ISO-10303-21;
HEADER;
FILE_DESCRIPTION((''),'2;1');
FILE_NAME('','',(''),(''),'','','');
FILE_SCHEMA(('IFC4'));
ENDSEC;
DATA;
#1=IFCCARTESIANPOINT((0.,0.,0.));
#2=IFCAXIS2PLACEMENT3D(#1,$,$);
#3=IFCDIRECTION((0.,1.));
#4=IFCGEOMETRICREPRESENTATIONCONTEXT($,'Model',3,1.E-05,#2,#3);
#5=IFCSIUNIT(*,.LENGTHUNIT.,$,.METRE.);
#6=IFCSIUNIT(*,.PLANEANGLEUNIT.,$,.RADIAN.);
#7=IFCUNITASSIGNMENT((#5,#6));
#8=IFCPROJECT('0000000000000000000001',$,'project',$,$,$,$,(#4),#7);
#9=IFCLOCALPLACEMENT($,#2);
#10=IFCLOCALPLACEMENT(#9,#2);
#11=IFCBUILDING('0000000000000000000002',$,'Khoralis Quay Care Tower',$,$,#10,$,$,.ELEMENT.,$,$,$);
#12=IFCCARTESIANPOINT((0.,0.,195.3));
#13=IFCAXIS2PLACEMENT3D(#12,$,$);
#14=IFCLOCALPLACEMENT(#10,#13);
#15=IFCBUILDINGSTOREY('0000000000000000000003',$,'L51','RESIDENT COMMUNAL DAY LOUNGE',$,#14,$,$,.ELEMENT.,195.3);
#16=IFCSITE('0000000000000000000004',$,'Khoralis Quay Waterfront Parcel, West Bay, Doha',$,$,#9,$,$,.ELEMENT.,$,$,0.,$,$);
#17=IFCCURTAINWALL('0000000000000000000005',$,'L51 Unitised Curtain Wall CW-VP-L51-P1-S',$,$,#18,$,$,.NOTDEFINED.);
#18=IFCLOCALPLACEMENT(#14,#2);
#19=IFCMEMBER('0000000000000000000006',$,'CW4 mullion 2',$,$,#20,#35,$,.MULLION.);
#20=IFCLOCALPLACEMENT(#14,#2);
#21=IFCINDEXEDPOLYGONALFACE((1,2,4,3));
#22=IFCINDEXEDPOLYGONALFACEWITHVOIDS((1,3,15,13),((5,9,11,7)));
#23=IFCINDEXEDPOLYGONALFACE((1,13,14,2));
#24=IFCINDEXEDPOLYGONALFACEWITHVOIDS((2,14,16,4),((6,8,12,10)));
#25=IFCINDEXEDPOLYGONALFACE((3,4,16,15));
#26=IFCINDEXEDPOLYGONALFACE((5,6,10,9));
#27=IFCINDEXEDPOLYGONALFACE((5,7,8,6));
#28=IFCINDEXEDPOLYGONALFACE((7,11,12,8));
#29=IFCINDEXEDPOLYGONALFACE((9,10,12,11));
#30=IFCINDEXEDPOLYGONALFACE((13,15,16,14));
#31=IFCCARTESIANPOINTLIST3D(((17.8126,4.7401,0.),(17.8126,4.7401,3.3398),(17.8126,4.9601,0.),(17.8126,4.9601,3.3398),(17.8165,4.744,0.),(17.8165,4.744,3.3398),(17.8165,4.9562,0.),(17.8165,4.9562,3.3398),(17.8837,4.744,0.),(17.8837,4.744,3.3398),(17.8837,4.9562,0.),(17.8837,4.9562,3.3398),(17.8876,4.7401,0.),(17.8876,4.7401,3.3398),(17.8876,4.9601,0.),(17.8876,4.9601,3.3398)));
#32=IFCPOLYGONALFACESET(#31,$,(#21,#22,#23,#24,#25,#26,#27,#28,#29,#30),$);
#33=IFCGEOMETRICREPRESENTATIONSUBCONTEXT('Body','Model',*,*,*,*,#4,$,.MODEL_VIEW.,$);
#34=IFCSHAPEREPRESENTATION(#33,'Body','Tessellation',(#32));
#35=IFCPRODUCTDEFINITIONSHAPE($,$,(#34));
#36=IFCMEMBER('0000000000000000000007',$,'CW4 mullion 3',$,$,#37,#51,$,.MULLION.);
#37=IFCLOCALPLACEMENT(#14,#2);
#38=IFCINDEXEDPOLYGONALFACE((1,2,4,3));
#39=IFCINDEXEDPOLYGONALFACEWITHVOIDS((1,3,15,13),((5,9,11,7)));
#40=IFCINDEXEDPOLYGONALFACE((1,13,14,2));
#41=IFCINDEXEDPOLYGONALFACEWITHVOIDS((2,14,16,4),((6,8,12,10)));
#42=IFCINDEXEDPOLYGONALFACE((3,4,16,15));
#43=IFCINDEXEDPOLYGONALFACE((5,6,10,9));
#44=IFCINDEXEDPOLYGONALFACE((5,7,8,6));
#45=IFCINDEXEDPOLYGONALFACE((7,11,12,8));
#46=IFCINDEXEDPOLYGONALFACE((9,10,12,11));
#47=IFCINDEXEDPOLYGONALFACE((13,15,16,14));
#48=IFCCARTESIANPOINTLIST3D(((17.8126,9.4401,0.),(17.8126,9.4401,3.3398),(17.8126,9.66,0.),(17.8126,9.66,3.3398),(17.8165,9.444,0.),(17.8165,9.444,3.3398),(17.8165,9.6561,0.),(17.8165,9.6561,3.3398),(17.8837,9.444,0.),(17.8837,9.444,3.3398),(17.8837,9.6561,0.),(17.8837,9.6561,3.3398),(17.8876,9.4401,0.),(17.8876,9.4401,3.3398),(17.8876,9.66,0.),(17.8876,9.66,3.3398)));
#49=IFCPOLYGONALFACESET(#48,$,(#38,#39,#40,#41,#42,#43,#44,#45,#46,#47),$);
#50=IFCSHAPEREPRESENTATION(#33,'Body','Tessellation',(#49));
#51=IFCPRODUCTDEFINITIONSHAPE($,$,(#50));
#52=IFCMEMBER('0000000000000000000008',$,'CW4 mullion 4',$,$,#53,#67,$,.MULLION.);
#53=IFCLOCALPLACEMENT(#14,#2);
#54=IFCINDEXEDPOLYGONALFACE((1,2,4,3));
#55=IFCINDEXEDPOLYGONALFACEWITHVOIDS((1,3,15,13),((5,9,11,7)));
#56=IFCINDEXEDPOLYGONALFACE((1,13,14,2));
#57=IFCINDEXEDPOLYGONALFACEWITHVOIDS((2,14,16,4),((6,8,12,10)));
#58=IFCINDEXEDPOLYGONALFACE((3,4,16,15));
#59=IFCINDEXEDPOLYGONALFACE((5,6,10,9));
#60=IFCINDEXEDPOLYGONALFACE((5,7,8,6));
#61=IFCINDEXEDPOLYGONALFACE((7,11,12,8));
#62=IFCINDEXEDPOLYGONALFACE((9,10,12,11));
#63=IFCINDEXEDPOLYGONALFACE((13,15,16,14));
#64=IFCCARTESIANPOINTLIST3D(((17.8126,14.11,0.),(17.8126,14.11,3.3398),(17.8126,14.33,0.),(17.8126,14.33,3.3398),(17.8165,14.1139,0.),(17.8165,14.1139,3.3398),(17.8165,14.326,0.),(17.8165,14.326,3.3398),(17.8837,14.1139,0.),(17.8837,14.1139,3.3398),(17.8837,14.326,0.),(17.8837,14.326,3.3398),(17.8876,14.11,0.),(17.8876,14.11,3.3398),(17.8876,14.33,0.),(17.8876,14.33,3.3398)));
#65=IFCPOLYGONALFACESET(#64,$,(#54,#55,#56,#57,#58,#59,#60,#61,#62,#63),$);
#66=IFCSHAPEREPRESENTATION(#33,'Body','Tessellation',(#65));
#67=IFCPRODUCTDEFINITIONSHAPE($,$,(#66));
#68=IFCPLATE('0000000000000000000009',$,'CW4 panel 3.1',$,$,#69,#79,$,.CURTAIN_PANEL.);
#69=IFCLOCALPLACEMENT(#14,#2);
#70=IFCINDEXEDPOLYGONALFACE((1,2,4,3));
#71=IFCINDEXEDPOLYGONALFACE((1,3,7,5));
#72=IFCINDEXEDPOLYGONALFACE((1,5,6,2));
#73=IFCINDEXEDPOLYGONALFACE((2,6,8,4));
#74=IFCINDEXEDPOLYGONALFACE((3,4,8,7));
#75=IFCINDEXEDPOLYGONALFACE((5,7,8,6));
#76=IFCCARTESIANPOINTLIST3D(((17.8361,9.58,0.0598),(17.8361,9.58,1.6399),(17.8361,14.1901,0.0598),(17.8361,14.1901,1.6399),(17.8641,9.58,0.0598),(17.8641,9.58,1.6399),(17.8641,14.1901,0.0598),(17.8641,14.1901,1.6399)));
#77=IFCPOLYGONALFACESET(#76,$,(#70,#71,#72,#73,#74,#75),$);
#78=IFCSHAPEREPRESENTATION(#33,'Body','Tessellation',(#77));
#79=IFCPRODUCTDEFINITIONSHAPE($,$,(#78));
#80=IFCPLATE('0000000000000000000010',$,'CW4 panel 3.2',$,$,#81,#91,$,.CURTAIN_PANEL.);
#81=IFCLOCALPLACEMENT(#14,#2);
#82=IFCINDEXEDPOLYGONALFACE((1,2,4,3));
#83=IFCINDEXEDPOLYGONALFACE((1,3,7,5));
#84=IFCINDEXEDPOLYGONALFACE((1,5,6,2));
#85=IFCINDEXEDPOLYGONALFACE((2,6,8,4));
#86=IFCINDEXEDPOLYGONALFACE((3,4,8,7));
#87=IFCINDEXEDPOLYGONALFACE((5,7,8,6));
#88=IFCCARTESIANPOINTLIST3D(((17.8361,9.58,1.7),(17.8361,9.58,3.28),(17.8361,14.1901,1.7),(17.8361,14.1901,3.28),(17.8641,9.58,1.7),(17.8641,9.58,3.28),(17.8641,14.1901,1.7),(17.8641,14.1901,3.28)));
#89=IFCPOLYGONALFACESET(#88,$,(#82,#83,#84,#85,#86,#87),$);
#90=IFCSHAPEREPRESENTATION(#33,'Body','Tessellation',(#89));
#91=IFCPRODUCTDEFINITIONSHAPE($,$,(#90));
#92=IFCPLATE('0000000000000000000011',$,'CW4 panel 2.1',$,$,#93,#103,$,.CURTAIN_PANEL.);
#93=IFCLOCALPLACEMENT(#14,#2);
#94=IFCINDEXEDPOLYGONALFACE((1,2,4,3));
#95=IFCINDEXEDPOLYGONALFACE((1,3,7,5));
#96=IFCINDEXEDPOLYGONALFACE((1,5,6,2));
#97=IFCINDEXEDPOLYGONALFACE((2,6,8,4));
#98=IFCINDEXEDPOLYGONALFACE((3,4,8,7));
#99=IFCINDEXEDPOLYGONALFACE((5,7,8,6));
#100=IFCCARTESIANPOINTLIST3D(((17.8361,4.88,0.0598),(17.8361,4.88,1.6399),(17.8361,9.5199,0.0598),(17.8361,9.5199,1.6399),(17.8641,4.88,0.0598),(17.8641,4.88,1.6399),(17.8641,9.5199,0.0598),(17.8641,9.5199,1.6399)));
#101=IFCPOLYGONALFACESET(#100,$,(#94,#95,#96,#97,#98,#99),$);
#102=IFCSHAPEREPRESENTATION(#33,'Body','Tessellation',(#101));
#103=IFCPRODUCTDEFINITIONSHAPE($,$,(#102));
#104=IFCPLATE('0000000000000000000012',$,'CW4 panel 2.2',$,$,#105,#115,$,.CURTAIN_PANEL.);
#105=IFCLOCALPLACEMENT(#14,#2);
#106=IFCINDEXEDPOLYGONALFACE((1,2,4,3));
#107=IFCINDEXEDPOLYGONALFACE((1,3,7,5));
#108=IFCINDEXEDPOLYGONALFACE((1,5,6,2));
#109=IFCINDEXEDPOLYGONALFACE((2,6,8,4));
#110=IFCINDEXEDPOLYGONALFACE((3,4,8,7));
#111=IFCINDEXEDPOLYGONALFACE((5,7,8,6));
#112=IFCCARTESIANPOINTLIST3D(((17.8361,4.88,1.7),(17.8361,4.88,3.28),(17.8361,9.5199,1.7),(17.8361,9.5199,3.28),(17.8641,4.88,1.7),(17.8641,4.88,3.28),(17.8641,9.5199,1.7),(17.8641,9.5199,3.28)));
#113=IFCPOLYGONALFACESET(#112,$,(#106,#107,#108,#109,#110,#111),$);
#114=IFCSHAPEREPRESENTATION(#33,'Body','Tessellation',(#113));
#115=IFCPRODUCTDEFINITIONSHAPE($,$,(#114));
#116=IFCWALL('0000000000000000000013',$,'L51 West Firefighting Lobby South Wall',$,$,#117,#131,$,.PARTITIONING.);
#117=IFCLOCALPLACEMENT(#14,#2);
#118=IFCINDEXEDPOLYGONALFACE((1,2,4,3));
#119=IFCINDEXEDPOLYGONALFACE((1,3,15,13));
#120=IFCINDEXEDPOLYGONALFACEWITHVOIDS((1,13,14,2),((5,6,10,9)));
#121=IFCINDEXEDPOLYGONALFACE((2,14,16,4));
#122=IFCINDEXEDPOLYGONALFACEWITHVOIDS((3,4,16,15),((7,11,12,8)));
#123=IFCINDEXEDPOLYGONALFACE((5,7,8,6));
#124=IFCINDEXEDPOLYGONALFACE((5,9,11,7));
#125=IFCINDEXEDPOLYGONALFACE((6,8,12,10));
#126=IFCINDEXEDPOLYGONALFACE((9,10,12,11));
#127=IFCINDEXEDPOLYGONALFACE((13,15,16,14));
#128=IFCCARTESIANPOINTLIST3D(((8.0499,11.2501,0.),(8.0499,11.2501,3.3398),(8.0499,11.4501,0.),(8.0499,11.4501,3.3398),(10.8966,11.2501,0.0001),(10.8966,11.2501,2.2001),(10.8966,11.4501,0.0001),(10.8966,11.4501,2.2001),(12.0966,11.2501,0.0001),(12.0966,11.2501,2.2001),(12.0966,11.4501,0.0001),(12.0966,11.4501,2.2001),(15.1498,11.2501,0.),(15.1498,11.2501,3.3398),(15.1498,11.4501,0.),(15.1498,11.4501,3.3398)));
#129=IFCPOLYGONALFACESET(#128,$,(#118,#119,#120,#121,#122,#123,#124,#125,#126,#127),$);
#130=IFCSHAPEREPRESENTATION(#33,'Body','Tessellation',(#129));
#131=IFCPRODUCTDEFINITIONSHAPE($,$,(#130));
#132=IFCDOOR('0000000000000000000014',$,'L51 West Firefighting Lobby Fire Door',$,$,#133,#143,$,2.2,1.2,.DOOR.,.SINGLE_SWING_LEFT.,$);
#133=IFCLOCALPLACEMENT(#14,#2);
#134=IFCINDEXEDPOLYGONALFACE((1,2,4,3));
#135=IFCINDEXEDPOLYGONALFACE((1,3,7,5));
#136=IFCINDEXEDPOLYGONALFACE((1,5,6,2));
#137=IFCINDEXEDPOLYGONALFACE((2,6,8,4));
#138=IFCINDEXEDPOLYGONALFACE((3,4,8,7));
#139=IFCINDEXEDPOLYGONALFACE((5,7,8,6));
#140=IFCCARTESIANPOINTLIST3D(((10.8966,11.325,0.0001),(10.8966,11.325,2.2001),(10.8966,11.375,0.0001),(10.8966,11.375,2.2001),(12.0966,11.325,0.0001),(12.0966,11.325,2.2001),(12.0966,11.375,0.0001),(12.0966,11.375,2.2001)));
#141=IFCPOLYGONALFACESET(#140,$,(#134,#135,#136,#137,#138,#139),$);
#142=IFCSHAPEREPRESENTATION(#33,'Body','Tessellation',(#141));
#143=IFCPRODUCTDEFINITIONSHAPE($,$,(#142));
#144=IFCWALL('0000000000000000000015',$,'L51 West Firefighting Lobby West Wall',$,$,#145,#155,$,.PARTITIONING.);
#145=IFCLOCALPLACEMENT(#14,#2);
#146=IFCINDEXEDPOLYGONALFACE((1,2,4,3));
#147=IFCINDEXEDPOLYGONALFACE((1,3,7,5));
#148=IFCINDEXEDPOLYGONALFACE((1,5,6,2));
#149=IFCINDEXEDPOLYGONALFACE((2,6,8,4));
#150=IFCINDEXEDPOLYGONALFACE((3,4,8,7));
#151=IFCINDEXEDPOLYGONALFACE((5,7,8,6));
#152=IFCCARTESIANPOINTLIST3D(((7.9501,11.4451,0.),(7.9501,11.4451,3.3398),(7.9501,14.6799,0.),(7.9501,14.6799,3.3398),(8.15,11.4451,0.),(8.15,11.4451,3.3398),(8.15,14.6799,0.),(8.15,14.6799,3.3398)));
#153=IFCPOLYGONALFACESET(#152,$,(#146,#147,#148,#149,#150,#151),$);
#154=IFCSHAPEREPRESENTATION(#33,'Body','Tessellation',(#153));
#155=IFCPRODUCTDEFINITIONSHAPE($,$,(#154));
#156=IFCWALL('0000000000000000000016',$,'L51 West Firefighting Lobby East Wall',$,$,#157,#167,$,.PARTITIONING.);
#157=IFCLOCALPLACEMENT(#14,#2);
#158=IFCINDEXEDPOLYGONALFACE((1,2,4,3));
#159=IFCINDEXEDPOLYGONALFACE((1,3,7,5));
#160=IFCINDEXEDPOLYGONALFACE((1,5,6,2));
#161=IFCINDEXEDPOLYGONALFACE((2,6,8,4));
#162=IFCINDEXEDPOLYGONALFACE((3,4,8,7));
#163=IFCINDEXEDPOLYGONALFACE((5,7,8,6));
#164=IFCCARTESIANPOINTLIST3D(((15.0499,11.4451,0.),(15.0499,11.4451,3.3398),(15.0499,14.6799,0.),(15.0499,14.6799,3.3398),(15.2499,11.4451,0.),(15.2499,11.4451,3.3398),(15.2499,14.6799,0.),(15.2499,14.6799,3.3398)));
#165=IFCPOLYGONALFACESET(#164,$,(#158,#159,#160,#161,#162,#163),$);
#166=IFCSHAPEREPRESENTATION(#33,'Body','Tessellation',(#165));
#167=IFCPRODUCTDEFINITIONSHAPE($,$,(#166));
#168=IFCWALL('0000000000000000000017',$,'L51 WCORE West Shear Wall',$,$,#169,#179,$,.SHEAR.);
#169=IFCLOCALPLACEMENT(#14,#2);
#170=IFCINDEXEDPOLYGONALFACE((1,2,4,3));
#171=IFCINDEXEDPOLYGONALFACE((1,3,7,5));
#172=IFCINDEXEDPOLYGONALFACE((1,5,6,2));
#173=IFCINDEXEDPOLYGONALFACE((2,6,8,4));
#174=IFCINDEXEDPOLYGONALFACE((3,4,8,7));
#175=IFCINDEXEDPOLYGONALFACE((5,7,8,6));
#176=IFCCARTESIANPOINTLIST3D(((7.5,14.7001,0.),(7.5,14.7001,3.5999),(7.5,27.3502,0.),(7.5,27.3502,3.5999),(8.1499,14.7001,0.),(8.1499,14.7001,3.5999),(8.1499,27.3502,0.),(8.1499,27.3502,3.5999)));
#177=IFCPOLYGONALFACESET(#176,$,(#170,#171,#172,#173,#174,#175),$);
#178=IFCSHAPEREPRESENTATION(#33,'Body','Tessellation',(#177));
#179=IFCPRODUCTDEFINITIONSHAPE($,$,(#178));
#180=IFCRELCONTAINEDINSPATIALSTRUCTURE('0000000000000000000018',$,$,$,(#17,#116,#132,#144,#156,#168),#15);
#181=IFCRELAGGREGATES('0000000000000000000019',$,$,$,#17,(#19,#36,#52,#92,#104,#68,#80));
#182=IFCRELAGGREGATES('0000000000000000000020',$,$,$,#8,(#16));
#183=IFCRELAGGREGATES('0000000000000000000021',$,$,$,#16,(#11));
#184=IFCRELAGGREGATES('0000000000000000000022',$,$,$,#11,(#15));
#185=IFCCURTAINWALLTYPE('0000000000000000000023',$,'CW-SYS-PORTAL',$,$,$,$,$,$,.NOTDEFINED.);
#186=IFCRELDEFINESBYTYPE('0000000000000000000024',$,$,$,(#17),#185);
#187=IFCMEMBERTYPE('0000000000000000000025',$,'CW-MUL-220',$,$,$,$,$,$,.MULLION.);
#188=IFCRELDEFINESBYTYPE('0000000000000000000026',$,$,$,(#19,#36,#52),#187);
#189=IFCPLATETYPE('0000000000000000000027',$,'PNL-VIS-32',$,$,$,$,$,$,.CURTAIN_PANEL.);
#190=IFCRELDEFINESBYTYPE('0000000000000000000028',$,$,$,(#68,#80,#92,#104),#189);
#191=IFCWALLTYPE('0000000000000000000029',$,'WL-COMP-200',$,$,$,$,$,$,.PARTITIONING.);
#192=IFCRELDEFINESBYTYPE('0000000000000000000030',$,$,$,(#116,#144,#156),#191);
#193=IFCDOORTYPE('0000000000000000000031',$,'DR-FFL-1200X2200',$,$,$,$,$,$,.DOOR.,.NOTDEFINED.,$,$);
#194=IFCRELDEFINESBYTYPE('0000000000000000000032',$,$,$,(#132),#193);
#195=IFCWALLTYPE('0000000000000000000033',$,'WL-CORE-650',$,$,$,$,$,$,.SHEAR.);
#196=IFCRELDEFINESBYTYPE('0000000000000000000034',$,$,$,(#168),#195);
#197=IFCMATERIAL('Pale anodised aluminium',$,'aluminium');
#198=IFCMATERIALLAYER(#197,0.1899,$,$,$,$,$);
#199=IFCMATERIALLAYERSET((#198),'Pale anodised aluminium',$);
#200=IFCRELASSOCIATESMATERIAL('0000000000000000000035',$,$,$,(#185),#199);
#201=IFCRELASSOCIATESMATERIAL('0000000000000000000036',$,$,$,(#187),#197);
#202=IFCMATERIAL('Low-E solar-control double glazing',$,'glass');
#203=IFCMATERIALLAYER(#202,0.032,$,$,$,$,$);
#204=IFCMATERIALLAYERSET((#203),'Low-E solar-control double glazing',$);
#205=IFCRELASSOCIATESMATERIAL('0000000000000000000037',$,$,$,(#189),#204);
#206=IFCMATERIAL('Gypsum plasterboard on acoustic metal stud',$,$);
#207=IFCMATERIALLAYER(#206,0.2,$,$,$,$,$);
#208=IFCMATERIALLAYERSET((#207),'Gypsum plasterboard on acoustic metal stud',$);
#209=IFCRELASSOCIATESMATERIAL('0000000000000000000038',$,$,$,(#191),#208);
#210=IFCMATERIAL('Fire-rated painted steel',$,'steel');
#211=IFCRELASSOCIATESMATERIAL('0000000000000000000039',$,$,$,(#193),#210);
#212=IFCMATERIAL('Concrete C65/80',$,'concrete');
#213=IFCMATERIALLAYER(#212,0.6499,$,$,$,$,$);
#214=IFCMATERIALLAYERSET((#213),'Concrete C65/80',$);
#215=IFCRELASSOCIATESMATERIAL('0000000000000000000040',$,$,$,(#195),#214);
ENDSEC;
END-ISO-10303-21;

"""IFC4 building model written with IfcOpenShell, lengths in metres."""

from ifc_helpers import new_model, si_unit, direction, frame, frame_2d, origin, origin_2d, place, context, subcontext, project, spatial, rectangle, hollow_rectangle, extrude, source, transform, mapped, material, layer, layer_set, material_profile, profile_set, type_object, element, fill, aggregate, save


model = new_model("IFC4")

# Units and contexts
model_context = context("Model", 3, precision=1e-05, world=origin(), true_north=direction((0.0, 1.0)))
body_context = subcontext(model_context, "Body", "Model", "MODEL_VIEW")
ifc_project = project(units=[si_unit("LENGTHUNIT", "METRE"), si_unit("PLANEANGLEUNIT", "RADIAN")], contexts=[model_context])

# Site, building, storey
site_placement = place(None, origin())
site = spatial("IfcSite", under=ifc_project, at=site_placement, Name="Khoralis Quay Waterfront Parcel, West Bay, Doha", CompositionType="ELEMENT", RefElevation=0.0)
building_placement = place(site_placement, origin())
building = spatial("IfcBuilding", under=site, at=building_placement, Name="Khoralis Quay Care Tower", CompositionType="ELEMENT")
storey_placement = place(building_placement, frame((0.0, 0.0, 195.3)))
storey = spatial("IfcBuildingStorey", under=building, at=storey_placement, Name="L51", Description="RESIDENT COMMUNAL DAY LOUNGE", CompositionType="ELEMENT", Elevation=195.3)

# Curtain wall, members, plates
ifc_material_1 = material(Name="Pale anodised aluminium", Category="aluminium")
ifc_layer_1 = layer(ifc_material_1, 0.1899)
ifc_layer_set_1 = layer_set([ifc_layer_1], Name="Pale anodised aluminium")
curtain_wall_type = type_object("IfcCurtainWallType", Name="CW-SYS-PORTAL", PredefinedType="NOTDEFINED", material=ifc_layer_set_1)
curtain_wall_placement = place(storey_placement, origin())
curtain_wall = element("IfcCurtainWall", 1, at=curtain_wall_placement, inside=storey, type_object=curtain_wall_type, Name="L51 Unitised Curtain Wall CW-VP-L51-P1-S", PredefinedType="NOTDEFINED")
ifc_material_profile_1 = material_profile(ifc_material_1, hollow_rectangle(XDim=0.075, YDim=0.22, WallThickness=0.0039, at=origin_2d()), Name="Pale anodised aluminium")
ifc_profile_set_1 = profile_set([ifc_material_profile_1], Name="Pale anodised aluminium")
member_type_1 = type_object("IfcMemberType", Name="CW-MUL-220", PredefinedType="MULLION", material=ifc_profile_set_1)
shared_shape_1 = source(origin(), body_context, "Body", "SweptSolid", [
    extrude(hollow_rectangle(XDim=0.075, YDim=0.22, WallThickness=0.0039, at=origin_2d()), origin(), (0.0, 0.0, 1.0), 3.3398),
])
member_1_placement = place(storey_placement, frame((17.8501, 4.8501, 0.0), z_axis=(0.0, 0.0, 1.0), x_axis=(-1.0, 0.0, 0.0)))
member_1 = element("IfcMember", 2, at=member_1_placement, type_object=member_type_1, Name="CW4 mullion 2", PredefinedType="MULLION", context=body_context, shape_type="MappedRepresentation", body=[
    mapped(shared_shape_1, transform((0.0, 0.0, 0.0), scale=1.0)),
])
member_2_placement = place(storey_placement, frame((17.8501, 9.55, 0.0), z_axis=(0.0, 0.0, 1.0), x_axis=(-1.0, 0.0, 0.0)))
member_2 = element("IfcMember", 3, at=member_2_placement, type_object=member_type_1, Name="CW4 mullion 3", PredefinedType="MULLION", context=body_context, shape_type="MappedRepresentation", body=[
    mapped(shared_shape_1, transform((0.0, 0.0, 0.0), scale=1.0)),
])
member_3_placement = place(storey_placement, frame((17.8501, 14.22, 0.0), z_axis=(0.0, 0.0, 1.0), x_axis=(-1.0, 0.0, 0.0)))
member_3 = element("IfcMember", 4, at=member_3_placement, type_object=member_type_1, Name="CW4 mullion 4", PredefinedType="MULLION", context=body_context, shape_type="MappedRepresentation", body=[
    mapped(shared_shape_1, transform((0.0, 0.0, 0.0), scale=1.0)),
])
ifc_material_2 = material(Name="Low-E solar-control double glazing", Category="glass")
ifc_layer_2 = layer(ifc_material_2, 0.032)
ifc_layer_set_2 = layer_set([ifc_layer_2], Name="Low-E solar-control double glazing")
plate_type = type_object("IfcPlateType", Name="PNL-VIS-32", PredefinedType="CURTAIN_PANEL", material=ifc_layer_set_2)
shared_shape_2 = source(origin(), body_context, "Body", "SweptSolid", [
    extrude(rectangle(XDim=4.6101, YDim=0.0281, at=origin_2d()), origin(), (0.0, 0.0, 1.0), 1.5801),
])
plate_1_placement = place(storey_placement, frame((17.8501, 11.885, 0.0598), z_axis=(0.0, 0.0, 1.0), x_axis=(0.0, 1.0, 0.0)))
plate_1 = element("IfcPlate", 5, at=plate_1_placement, type_object=plate_type, Name="CW4 panel 3.1", PredefinedType="CURTAIN_PANEL", context=body_context, shape_type="MappedRepresentation", body=[
    mapped(shared_shape_2, transform((0.0, 0.0, 0.0), scale=1.0)),
])
plate_2_placement = place(storey_placement, frame((17.8501, 11.885, 1.7), z_axis=(0.0, 0.0, 1.0), x_axis=(0.0, 1.0, 0.0)))
plate_2 = element("IfcPlate", 6, at=plate_2_placement, type_object=plate_type, Name="CW4 panel 3.2", PredefinedType="CURTAIN_PANEL", context=body_context, shape_type="MappedRepresentation", body=[
    mapped(shared_shape_2, transform((0.0, 0.0, 0.0), scale=1.0)),
])
shared_shape_3 = source(origin(), body_context, "Body", "SweptSolid", [
    extrude(rectangle(XDim=4.6399, YDim=0.0281, at=origin_2d()), origin(), (0.0, 0.0, 1.0), 1.5801),
])
plate_3_placement = place(storey_placement, frame((17.8501, 7.2, 0.0598), z_axis=(0.0, 0.0, 1.0), x_axis=(0.0, 1.0, 0.0)))
plate_3 = element("IfcPlate", 7, at=plate_3_placement, type_object=plate_type, Name="CW4 panel 2.1", PredefinedType="CURTAIN_PANEL", context=body_context, shape_type="MappedRepresentation", body=[
    mapped(shared_shape_3, transform((0.0, 0.0, 0.0), scale=1.0)),
])
plate_4_placement = place(storey_placement, frame((17.8501, 7.2, 1.7), z_axis=(0.0, 0.0, 1.0), x_axis=(0.0, 1.0, 0.0)))
plate_4 = element("IfcPlate", 8, at=plate_4_placement, type_object=plate_type, Name="CW4 panel 2.2", PredefinedType="CURTAIN_PANEL", context=body_context, shape_type="MappedRepresentation", body=[
    mapped(shared_shape_3, transform((0.0, 0.0, 0.0), scale=1.0)),
])
aggregate(curtain_wall, [member_1, member_2, member_3, plate_3, plate_4, plate_1, plate_2])

# Wall, opening, door
ifc_material_3 = material(Name="Gypsum plasterboard on acoustic metal stud")
ifc_layer_3 = layer(ifc_material_3, 0.2)
ifc_layer_set_3 = layer_set([ifc_layer_3], Name="Gypsum plasterboard on acoustic metal stud")
wall_type_1 = type_object("IfcWallType", Name="WL-COMP-200", PredefinedType="PARTITIONING", material=ifc_layer_set_3)
wall_1_placement = place(storey_placement, frame((8.05, 11.3501, 0.0), z_axis=(0.0, 0.0, 1.0), x_axis=(1.0, 0.0, 0.0)))
wall_1 = element("IfcWall", 9, at=wall_1_placement, inside=storey, type_object=wall_type_1, Name="L51 West Firefighting Lobby South Wall", PredefinedType="PARTITIONING", context=body_context, shape_type="SweptSolid", body=[
    extrude(rectangle(XDim=7.0999, YDim=0.2, at=frame_2d((3.5498, 0.0))), origin(), (0.0, 0.0, 1.0), 3.3398),
])
opening_1_placement = place(wall_1_placement, frame((2.8464, 0.0, 0.0)))
opening_1 = element("IfcOpeningElement", 10, at=opening_1_placement, cuts=wall_1, PredefinedType="OPENING", context=body_context, shape_type="SweptSolid", body=[
    extrude(rectangle(XDim=1.2, YDim=2.2, at=frame_2d((0.6001, 1.1001))), frame((0.0, 0.1099, 0.0), z_axis=(0.0, -1.0, 0.0), x_axis=(1.0, 0.0, 0.0)), (0.0, 0.0, 1.0), 0.22),
])
ifc_material_4 = material(Name="Fire-rated painted steel", Category="steel")
door_type_1 = type_object("IfcDoorType", Name="DR-FFL-1200X2200", OperationType="NOTDEFINED", PredefinedType="DOOR", material=ifc_material_4)
shared_shape_4 = source(origin(), body_context, "Body", "SweptSolid", [
    extrude(rectangle(XDim=1.2, YDim=2.2, at=frame_2d((0.6001, 1.1001))), frame((0.0, 0.0249, 0.0), z_axis=(0.0, -1.0, 0.0), x_axis=(1.0, 0.0, 0.0)), (0.0, 0.0, 1.0), 0.05),
])
door_1_placement = place(opening_1_placement, origin())
door_1 = element("IfcDoor", 11, at=door_1_placement, inside=storey, type_object=door_type_1, Name="L51 West Firefighting Lobby Fire Door", OperationType="SINGLE_SWING_LEFT", OverallHeight=2.2, OverallWidth=1.2, PredefinedType="DOOR", context=body_context, shape_type="MappedRepresentation", body=[
    mapped(shared_shape_4, transform((0.0, 0.0, 0.0), scale=1.0)),
])
fill(opening_1, door_1)

# Walls
for number, where, z_axis, x_axis, name in (
    (12, (8.05, 11.4451, 0.0), (0.0, 0.0, 1.0), (0.0, 1.0, 0.0), "L51 West Firefighting Lobby West Wall"),
    (13, (15.1499, 11.4451, 0.0), (0.0, 0.0, 1.0), (0.0, 1.0, 0.0), "L51 West Firefighting Lobby East Wall"),
):
    element("IfcWall", number, at=place(storey_placement, frame(where, z_axis=z_axis, x_axis=x_axis)), inside=storey, type_object=wall_type_1, Name=name, PredefinedType="PARTITIONING", context=body_context, shape_type="SweptSolid", body=[
        extrude(rectangle(XDim=3.2349, YDim=0.2, at=frame_2d((1.6174, 0.0))), origin(), (0.0, 0.0, 1.0), 3.3398),
    ])
ifc_material_5 = material(Name="Concrete C65/80", Category="concrete")
ifc_layer_4 = layer(ifc_material_5, 0.6499)
ifc_layer_set_4 = layer_set([ifc_layer_4], Name="Concrete C65/80")
wall_type_2 = type_object("IfcWallType", Name="WL-CORE-650", PredefinedType="SHEAR", material=ifc_layer_set_4)
wall_2_placement = place(storey_placement, frame((7.825, 14.7, 0.0), z_axis=(0.0, 0.0, 1.0), x_axis=(0.0, 1.0, 0.0)))
element("IfcWall", 14, at=wall_2_placement, inside=storey, type_object=wall_type_2, Name="L51 WCORE West Shear Wall", PredefinedType="SHEAR", context=body_context, shape_type="SweptSolid", body=[
    extrude(rectangle(XDim=12.6501, YDim=0.6499, at=frame_2d((6.3252, 0.0))), origin(), (0.0, 0.0, 1.0), 3.5999),
])

save(model, "model.ifc")
